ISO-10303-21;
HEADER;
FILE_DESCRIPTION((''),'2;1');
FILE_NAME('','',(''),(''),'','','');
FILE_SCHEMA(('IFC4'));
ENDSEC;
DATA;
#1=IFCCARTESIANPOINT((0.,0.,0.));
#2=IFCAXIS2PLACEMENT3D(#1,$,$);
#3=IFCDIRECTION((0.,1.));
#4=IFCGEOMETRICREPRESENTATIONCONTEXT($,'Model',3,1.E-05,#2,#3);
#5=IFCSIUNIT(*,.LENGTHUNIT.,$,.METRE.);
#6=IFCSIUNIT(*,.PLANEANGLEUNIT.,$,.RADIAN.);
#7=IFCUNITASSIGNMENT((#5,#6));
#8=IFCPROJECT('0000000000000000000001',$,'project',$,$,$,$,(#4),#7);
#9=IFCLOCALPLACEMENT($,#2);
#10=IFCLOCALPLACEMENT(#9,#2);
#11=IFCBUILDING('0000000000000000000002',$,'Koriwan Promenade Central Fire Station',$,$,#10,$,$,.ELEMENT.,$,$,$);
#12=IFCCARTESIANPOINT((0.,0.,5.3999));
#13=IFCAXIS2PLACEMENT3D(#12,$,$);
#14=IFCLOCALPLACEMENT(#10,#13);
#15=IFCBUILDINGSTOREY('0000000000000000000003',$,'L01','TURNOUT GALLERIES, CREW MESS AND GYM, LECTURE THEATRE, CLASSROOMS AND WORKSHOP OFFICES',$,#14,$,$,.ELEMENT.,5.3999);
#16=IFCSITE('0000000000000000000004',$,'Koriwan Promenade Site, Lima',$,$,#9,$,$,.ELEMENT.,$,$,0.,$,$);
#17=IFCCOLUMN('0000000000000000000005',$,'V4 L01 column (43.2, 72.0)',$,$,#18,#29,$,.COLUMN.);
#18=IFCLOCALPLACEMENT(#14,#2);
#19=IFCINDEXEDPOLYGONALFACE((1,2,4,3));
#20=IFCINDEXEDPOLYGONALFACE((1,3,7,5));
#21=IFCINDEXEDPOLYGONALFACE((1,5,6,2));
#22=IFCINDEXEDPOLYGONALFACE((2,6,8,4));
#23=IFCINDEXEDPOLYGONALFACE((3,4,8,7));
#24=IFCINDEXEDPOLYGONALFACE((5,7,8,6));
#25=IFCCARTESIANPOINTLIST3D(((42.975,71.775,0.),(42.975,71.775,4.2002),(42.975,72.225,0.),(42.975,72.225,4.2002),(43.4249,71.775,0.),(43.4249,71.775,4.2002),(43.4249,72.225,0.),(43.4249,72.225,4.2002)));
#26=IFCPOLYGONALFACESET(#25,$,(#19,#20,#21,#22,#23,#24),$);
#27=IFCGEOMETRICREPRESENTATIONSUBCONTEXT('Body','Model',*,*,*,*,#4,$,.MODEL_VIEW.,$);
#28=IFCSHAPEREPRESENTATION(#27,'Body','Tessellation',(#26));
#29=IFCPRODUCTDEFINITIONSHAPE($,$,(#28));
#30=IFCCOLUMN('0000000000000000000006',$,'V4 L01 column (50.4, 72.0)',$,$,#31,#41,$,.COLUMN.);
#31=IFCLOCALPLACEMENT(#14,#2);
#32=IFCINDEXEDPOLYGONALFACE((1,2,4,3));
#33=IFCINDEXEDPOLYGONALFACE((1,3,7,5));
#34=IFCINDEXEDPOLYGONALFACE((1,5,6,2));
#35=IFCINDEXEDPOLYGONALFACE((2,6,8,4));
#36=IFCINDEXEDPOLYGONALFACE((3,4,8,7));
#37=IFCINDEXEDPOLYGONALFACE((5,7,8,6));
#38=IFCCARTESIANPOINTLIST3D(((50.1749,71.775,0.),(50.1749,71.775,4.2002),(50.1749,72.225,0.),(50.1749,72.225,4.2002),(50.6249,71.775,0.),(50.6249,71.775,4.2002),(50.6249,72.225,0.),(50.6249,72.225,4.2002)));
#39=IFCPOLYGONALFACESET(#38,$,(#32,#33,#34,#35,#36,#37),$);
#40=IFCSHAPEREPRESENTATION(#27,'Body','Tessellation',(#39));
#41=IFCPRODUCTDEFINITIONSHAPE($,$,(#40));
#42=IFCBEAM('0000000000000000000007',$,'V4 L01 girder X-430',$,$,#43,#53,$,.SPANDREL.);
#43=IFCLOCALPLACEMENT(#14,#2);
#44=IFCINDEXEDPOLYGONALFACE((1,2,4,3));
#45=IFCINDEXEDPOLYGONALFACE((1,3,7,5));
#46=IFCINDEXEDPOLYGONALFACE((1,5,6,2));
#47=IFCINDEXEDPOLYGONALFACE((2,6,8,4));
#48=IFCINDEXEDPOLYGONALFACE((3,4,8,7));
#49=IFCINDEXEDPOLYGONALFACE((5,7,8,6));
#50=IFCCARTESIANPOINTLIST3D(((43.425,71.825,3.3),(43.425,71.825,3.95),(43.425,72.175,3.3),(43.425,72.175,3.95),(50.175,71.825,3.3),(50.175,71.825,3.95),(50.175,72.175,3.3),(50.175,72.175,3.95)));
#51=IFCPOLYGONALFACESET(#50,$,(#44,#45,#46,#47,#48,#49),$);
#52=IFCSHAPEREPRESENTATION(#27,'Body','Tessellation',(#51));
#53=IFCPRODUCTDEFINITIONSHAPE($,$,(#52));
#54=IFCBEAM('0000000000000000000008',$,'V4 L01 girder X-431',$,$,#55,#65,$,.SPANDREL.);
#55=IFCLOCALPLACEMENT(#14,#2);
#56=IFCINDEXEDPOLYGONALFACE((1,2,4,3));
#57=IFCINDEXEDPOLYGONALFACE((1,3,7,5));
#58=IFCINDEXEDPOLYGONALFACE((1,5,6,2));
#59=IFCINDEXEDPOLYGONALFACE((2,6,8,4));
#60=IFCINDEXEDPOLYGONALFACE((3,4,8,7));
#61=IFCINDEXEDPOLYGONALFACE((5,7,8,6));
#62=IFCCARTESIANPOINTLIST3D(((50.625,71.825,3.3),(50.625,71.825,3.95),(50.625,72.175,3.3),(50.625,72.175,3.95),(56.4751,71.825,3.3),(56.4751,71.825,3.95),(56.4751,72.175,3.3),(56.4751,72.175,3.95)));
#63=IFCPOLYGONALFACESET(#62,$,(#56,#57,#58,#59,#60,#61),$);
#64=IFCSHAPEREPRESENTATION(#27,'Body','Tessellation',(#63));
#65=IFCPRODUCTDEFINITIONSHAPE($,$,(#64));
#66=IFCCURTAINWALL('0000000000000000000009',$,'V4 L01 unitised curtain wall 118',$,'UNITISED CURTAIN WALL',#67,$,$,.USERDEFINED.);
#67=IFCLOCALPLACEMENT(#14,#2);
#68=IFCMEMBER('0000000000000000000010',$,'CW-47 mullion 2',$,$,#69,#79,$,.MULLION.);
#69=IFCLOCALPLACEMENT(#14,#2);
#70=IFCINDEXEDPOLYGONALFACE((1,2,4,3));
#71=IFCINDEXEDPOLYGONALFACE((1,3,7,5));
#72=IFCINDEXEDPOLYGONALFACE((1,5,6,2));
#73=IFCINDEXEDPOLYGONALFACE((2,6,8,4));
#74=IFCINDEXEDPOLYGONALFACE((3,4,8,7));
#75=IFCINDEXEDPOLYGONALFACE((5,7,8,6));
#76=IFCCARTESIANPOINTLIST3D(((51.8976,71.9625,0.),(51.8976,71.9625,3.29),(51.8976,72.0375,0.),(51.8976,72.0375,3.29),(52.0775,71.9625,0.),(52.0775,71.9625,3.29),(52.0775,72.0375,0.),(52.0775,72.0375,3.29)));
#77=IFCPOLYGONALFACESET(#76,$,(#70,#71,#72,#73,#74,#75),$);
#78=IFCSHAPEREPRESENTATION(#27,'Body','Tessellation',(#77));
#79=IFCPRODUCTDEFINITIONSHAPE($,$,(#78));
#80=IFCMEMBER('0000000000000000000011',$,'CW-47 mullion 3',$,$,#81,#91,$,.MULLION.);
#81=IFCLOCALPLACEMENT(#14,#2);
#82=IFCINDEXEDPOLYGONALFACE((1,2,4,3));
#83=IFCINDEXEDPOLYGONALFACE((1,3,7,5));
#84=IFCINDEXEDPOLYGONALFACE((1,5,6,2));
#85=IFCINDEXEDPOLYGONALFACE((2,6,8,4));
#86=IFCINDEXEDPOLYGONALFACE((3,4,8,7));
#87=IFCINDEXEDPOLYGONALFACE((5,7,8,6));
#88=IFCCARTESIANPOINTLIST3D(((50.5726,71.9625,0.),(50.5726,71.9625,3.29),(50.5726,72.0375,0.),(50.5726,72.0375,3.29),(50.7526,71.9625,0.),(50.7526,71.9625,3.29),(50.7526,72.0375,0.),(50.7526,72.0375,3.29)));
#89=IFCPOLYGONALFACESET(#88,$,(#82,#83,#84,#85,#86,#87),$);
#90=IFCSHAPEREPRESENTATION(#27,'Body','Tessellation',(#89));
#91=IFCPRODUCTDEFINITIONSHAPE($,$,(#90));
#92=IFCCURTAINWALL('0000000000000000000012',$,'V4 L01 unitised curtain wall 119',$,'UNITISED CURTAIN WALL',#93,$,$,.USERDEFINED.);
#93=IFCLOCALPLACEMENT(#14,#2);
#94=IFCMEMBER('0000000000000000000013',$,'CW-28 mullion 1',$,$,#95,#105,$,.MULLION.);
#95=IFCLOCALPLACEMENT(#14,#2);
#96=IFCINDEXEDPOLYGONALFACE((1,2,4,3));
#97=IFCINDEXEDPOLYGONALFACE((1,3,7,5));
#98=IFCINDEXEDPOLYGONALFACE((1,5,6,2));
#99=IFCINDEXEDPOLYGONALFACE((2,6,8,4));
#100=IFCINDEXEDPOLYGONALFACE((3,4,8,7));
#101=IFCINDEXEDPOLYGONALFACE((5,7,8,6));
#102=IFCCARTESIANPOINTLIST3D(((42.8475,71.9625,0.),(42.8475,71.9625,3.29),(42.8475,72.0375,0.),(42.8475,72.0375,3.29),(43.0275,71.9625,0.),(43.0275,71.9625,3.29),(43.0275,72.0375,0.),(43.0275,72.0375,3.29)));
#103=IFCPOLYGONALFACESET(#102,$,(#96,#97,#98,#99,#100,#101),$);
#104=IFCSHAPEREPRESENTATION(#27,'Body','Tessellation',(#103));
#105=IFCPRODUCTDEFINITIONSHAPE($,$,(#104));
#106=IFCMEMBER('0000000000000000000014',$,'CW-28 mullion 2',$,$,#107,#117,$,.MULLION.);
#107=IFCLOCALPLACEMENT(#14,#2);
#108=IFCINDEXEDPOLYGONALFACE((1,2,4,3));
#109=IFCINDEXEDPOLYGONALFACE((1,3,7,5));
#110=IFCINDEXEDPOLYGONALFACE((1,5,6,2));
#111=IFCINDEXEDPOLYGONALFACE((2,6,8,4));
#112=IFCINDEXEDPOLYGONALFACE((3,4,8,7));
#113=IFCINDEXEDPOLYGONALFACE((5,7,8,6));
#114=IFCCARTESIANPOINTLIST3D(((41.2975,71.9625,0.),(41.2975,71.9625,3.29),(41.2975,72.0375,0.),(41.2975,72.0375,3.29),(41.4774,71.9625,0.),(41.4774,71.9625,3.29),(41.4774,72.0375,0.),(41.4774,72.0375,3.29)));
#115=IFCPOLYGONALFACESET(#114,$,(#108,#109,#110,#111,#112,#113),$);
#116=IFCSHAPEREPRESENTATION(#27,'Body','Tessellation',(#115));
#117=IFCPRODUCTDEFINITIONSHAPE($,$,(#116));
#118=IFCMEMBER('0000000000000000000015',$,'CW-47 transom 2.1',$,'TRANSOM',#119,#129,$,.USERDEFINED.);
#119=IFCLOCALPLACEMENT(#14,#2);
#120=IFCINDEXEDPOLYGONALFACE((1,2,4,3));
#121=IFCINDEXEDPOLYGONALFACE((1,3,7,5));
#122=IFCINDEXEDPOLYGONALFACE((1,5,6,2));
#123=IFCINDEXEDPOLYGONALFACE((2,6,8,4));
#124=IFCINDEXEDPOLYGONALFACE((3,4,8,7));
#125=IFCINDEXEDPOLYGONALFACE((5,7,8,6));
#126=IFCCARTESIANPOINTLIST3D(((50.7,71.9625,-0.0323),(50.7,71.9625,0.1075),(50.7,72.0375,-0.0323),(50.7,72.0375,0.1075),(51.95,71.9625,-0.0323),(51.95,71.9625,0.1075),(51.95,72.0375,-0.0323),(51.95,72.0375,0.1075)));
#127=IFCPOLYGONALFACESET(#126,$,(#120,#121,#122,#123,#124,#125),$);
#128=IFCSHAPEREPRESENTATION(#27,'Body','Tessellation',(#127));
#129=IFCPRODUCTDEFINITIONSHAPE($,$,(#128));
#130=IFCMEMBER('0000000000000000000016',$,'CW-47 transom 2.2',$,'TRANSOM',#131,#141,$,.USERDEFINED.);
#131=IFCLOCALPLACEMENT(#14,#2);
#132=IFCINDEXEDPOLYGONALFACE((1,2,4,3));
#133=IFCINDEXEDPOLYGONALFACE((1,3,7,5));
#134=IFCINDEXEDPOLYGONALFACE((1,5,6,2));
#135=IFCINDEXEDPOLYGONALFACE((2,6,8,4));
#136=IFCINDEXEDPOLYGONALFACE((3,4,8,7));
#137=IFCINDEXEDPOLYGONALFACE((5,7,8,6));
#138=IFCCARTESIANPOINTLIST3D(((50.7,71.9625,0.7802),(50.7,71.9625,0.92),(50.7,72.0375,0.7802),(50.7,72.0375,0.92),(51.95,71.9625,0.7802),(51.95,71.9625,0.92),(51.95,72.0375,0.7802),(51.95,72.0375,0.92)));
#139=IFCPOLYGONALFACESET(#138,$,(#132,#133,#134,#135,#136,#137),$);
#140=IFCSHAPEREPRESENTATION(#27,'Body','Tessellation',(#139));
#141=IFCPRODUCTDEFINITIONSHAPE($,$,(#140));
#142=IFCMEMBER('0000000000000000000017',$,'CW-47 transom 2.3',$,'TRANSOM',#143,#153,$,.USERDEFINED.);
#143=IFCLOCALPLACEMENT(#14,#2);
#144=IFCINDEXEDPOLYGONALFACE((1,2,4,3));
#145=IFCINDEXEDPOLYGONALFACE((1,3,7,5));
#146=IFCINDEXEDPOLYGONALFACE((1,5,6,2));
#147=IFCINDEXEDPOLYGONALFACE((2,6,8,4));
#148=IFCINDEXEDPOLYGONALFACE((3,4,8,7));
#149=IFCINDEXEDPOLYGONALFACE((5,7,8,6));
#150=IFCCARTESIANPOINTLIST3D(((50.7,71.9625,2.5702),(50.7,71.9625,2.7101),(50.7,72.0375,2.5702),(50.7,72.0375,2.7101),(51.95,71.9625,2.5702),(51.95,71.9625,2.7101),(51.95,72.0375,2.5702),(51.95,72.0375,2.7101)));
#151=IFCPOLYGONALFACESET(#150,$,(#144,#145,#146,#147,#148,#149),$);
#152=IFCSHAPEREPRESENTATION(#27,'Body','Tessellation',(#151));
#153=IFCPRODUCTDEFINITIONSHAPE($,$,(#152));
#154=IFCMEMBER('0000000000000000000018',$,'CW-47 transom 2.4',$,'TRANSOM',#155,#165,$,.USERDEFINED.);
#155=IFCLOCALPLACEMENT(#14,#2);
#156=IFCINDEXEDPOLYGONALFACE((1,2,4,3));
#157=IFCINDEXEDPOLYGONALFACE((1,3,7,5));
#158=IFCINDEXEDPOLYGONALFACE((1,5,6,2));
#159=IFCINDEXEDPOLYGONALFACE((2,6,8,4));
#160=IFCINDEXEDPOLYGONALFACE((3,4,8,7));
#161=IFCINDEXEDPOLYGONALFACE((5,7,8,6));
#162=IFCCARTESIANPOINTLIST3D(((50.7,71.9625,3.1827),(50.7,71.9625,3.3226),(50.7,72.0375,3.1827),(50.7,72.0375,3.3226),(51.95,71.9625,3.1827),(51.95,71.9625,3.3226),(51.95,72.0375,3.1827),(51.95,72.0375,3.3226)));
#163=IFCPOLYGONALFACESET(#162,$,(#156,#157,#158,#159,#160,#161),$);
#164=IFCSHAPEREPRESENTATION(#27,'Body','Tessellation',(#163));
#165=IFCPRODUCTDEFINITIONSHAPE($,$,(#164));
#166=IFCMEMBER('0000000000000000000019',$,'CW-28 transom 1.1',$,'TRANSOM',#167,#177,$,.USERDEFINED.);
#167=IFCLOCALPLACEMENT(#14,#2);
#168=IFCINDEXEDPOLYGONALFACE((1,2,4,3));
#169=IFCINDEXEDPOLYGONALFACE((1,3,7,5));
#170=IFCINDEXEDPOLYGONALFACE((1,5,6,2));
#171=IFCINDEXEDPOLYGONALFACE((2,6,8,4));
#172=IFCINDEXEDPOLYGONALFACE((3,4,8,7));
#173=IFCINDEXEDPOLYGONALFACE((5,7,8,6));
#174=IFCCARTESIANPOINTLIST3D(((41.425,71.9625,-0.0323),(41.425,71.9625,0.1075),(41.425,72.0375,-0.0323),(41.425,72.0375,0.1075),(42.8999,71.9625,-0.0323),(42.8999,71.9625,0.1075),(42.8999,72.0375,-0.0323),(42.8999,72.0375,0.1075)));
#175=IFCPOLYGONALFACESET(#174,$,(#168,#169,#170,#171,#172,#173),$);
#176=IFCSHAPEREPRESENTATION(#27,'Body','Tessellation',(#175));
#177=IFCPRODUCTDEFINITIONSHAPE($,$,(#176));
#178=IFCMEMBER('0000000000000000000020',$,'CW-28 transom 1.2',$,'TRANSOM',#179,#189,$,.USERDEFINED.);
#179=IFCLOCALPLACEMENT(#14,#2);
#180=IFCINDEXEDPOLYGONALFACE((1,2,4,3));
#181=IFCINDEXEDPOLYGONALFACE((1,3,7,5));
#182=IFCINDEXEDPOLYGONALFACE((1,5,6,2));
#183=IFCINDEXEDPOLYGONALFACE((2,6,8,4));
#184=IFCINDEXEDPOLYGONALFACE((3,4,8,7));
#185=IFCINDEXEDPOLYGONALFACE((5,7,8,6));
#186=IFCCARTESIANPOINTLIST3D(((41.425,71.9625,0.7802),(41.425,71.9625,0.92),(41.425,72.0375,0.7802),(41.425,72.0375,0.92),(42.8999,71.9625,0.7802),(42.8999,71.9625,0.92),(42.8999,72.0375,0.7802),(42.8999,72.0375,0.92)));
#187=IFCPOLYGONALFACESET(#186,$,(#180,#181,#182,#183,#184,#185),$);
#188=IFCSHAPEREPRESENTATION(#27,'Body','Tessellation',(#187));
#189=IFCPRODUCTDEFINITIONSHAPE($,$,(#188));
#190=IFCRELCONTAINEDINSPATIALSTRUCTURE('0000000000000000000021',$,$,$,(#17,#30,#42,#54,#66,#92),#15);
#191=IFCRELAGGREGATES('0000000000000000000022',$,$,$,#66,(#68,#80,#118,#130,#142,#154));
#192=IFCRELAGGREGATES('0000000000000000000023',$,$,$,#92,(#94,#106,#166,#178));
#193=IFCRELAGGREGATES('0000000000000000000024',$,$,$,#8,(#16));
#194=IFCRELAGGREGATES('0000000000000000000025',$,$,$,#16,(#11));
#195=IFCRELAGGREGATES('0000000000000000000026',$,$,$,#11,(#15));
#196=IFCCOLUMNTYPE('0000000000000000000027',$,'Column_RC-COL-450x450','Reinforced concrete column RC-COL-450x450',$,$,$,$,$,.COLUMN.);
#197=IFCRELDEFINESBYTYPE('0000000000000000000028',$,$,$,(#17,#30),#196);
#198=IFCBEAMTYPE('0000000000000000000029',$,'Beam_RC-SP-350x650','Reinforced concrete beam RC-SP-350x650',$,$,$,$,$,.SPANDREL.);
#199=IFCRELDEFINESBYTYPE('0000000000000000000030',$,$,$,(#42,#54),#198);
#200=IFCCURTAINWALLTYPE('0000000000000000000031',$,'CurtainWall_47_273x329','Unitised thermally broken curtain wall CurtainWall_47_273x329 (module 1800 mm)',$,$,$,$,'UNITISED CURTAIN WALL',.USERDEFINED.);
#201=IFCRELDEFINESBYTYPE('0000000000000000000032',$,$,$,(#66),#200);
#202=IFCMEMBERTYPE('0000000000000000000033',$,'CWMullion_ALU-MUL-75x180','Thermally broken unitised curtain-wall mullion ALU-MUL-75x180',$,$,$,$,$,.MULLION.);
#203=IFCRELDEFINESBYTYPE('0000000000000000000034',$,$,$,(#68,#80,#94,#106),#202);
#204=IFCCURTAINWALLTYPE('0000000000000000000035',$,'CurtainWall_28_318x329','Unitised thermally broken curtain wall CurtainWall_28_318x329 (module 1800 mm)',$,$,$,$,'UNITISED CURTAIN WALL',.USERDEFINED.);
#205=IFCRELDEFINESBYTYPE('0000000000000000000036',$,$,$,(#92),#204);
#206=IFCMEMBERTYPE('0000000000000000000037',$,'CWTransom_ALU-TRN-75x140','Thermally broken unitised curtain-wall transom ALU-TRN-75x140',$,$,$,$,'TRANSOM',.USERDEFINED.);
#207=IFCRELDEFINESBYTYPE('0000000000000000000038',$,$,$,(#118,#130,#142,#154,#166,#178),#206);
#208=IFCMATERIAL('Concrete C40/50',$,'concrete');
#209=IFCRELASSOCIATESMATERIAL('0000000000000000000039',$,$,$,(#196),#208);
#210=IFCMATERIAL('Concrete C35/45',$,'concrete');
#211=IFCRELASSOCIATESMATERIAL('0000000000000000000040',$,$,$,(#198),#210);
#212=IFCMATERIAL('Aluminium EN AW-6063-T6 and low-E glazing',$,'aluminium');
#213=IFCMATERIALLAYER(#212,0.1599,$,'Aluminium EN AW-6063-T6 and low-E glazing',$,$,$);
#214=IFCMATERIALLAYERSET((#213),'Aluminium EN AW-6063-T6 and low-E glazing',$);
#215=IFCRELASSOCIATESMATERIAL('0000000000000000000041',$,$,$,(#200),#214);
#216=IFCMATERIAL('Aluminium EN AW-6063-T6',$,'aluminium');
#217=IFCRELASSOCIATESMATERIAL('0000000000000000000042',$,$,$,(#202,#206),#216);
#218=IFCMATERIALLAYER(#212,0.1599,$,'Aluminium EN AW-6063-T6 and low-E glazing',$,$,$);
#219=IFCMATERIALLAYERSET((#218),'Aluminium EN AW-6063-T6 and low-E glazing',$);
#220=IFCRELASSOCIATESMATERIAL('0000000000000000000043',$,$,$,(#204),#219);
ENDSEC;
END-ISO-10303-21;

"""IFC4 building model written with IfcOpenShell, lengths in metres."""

from ifc_helpers import new_model, si_unit, direction, frame, origin, origin_2d, place, context, subcontext, project, spatial, rectangle, extrude, material, layer, layer_set, material_profile, profile_set, type_object, element, aggregate, save


model = new_model("IFC4")

# Units and contexts
model_context = context("Model", 3, precision=1e-05, world=origin(), true_north=direction((0.0, 1.0)))
body_context = subcontext(model_context, "Body", "Model", "MODEL_VIEW")
ifc_project = project(units=[si_unit("LENGTHUNIT", "METRE"), si_unit("PLANEANGLEUNIT", "RADIAN")], contexts=[model_context])

# Site, building, storey
site_placement = place(None, origin())
site = spatial("IfcSite", under=ifc_project, at=site_placement, Name="Koriwan Promenade Site, Lima", CompositionType="ELEMENT", RefElevation=0.0)
building_placement = place(site_placement, origin())
building = spatial("IfcBuilding", under=site, at=building_placement, Name="Koriwan Promenade Central Fire Station", CompositionType="ELEMENT")
storey_placement = place(building_placement, frame((0.0, 0.0, 5.3999)))
storey = spatial("IfcBuildingStorey", under=building, at=storey_placement, Name="L01", Description="TURNOUT GALLERIES, CREW MESS AND GYM, LECTURE THEATRE, CLASSROOMS AND WORKSHOP OFFICES", CompositionType="ELEMENT", Elevation=5.3999)

# Columns
ifc_material_1 = material(Name="Concrete C40/50", Category="concrete")
ifc_material_profile_1 = material_profile(ifc_material_1, rectangle(XDim=0.45, YDim=0.45, at=origin_2d()), Name="RC-COL-450x450")
ifc_profile_set_1 = profile_set([ifc_material_profile_1], Name="Concrete C40/50")
column_type = type_object("IfcColumnType", Name="Column_RC-COL-450x450", Description="Reinforced concrete column RC-COL-450x450", PredefinedType="COLUMN", material=ifc_profile_set_1)
for number, where, z_axis, x_axis, name in (
    (1, (43.2, 72.0, 0.0), (0.0, 0.0, 1.0), (1.0, 0.0, 0.0), "V4 L01 column (43.2, 72.0)"),
    (2, (50.3999, 72.0, 0.0), (0.0, 0.0, 1.0), (1.0, 0.0, 0.0), "V4 L01 column (50.4, 72.0)"),
):
    element("IfcColumn", number, at=place(storey_placement, frame(where, z_axis=z_axis, x_axis=x_axis)), inside=storey, type_object=column_type, Name=name, PredefinedType="COLUMN", context=body_context, shape_type="SweptSolid", body=[
        extrude(rectangle(XDim=0.45, YDim=0.45, at=origin_2d()), origin(), (0.0, 0.0, 1.0), 4.2002),
    ])

# Beams
ifc_material_2 = material(Name="Concrete C35/45", Category="concrete")
ifc_material_profile_2 = material_profile(ifc_material_2, rectangle(XDim=0.3501, YDim=0.6499, at=origin_2d()), Name="RC-SP-350x650")
ifc_profile_set_2 = profile_set([ifc_material_profile_2], Name="Concrete C35/45")
beam_type = type_object("IfcBeamType", Name="Beam_RC-SP-350x650", Description="Reinforced concrete beam RC-SP-350x650", PredefinedType="SPANDREL", material=ifc_profile_set_2)
beam_1_placement = place(storey_placement, frame((43.425, 72.0, 3.625), z_axis=(1.0, 0.0, 0.0), x_axis=(0.0, 1.0, 0.0)))
element("IfcBeam", 3, at=beam_1_placement, inside=storey, type_object=beam_type, Name="V4 L01 girder X-430", PredefinedType="SPANDREL", context=body_context, shape_type="SweptSolid", body=[
    extrude(rectangle(XDim=0.3501, YDim=0.6499, at=origin_2d()), origin(), (0.0, 0.0, 1.0), 6.75),
])
beam_2_placement = place(storey_placement, frame((50.625, 72.0, 3.625), z_axis=(1.0, 0.0, 0.0), x_axis=(0.0, 1.0, 0.0)))
element("IfcBeam", 4, at=beam_2_placement, inside=storey, type_object=beam_type, Name="V4 L01 girder X-431", PredefinedType="SPANDREL", context=body_context, shape_type="SweptSolid", body=[
    extrude(rectangle(XDim=0.3501, YDim=0.6499, at=origin_2d()), origin(), (0.0, 0.0, 1.0), 5.8501),
])

# Curtain walls, members
ifc_material_3 = material(Name="Aluminium EN AW-6063-T6 and low-E glazing", Category="aluminium")
ifc_layer_1 = layer(ifc_material_3, 0.1599, Name="Aluminium EN AW-6063-T6 and low-E glazing")
ifc_layer_set_1 = layer_set([ifc_layer_1], Name="Aluminium EN AW-6063-T6 and low-E glazing")
curtain_wall_type_1 = type_object("IfcCurtainWallType", Name="CurtainWall_47_273x329", Description="Unitised thermally broken curtain wall CurtainWall_47_273x329 (module 1800 mm)", ElementType="UNITISED CURTAIN WALL", PredefinedType="USERDEFINED", material=ifc_layer_set_1)
curtain_wall_1_placement = place(storey_placement, origin())
curtain_wall_1 = element("IfcCurtainWall", 5, at=curtain_wall_1_placement, inside=storey, type_object=curtain_wall_type_1, Name="V4 L01 unitised curtain wall 118", ObjectType="UNITISED CURTAIN WALL", PredefinedType="USERDEFINED")
ifc_material_4 = material(Name="Aluminium EN AW-6063-T6", Category="aluminium")
ifc_material_profile_3 = material_profile(ifc_material_4, rectangle(XDim=0.075, YDim=0.1799, at=origin_2d()), Name="ALU-MUL-75x180")
ifc_profile_set_3 = profile_set([ifc_material_profile_3], Name="Aluminium EN AW-6063-T6")
member_type_1 = type_object("IfcMemberType", Name="CWMullion_ALU-MUL-75x180", Description="Thermally broken unitised curtain-wall mullion ALU-MUL-75x180", PredefinedType="MULLION", material=ifc_profile_set_3)
member_1_placement = place(storey_placement, frame((51.9875, 72.0, 0.0), z_axis=(0.0, 0.0, 1.0), x_axis=(0.0, -1.0, 0.0)))
member_1 = element("IfcMember", 6, at=member_1_placement, type_object=member_type_1, Name="CW-47 mullion 2", PredefinedType="MULLION", context=body_context, shape_type="SweptSolid", body=[
    extrude(rectangle(XDim=0.075, YDim=0.1799, at=origin_2d()), origin(), (0.0, 0.0, 1.0), 3.29),
])
member_2_placement = place(storey_placement, frame((50.6626, 72.0, 0.0), z_axis=(0.0, 0.0, 1.0), x_axis=(0.0, -1.0, 0.0)))
member_2 = element("IfcMember", 7, at=member_2_placement, type_object=member_type_1, Name="CW-47 mullion 3", PredefinedType="MULLION", context=body_context, shape_type="SweptSolid", body=[
    extrude(rectangle(XDim=0.075, YDim=0.1799, at=origin_2d()), origin(), (0.0, 0.0, 1.0), 3.29),
])
ifc_layer_2 = layer(ifc_material_3, 0.1599, Name="Aluminium EN AW-6063-T6 and low-E glazing")
ifc_layer_set_2 = layer_set([ifc_layer_2], Name="Aluminium EN AW-6063-T6 and low-E glazing")
curtain_wall_type_2 = type_object("IfcCurtainWallType", Name="CurtainWall_28_318x329", Description="Unitised thermally broken curtain wall CurtainWall_28_318x329 (module 1800 mm)", ElementType="UNITISED CURTAIN WALL", PredefinedType="USERDEFINED", material=ifc_layer_set_2)
curtain_wall_2_placement = place(storey_placement, origin())
curtain_wall_2 = element("IfcCurtainWall", 8, at=curtain_wall_2_placement, inside=storey, type_object=curtain_wall_type_2, Name="V4 L01 unitised curtain wall 119", ObjectType="UNITISED CURTAIN WALL", PredefinedType="USERDEFINED")
member_3_placement = place(storey_placement, frame((42.9375, 72.0, 0.0), z_axis=(0.0, 0.0, 1.0), x_axis=(0.0, -1.0, 0.0)))
member_3 = element("IfcMember", 9, at=member_3_placement, type_object=member_type_1, Name="CW-28 mullion 1", PredefinedType="MULLION", context=body_context, shape_type="SweptSolid", body=[
    extrude(rectangle(XDim=0.075, YDim=0.1799, at=origin_2d()), origin(), (0.0, 0.0, 1.0), 3.29),
])
member_4_placement = place(storey_placement, frame((41.3875, 72.0, 0.0), z_axis=(0.0, 0.0, 1.0), x_axis=(0.0, -1.0, 0.0)))
member_4 = element("IfcMember", 10, at=member_4_placement, type_object=member_type_1, Name="CW-28 mullion 2", PredefinedType="MULLION", context=body_context, shape_type="SweptSolid", body=[
    extrude(rectangle(XDim=0.075, YDim=0.1799, at=origin_2d()), origin(), (0.0, 0.0, 1.0), 3.29),
])

# Members
ifc_material_profile_4 = material_profile(ifc_material_4, rectangle(XDim=0.075, YDim=0.1399, at=origin_2d()), Name="ALU-TRN-75x140")
ifc_profile_set_4 = profile_set([ifc_material_profile_4], Name="Aluminium EN AW-6063-T6")
member_type_2 = type_object("IfcMemberType", Name="CWTransom_ALU-TRN-75x140", Description="Thermally broken unitised curtain-wall transom ALU-TRN-75x140", ElementType="TRANSOM", PredefinedType="USERDEFINED", material=ifc_profile_set_4)
member_5_placement = place(storey_placement, frame((51.95, 72.0, 0.0376), z_axis=(-1.0, 0.0, 0.0), x_axis=(0.0, -1.0, 0.0)))
member_5 = element("IfcMember", 11, at=member_5_placement, type_object=member_type_2, Name="CW-47 transom 2.1", ObjectType="TRANSOM", PredefinedType="USERDEFINED", context=body_context, shape_type="SweptSolid", body=[
    extrude(rectangle(XDim=0.075, YDim=0.1399, at=origin_2d()), origin(), (0.0, 0.0, 1.0), 1.25),
])
member_6_placement = place(storey_placement, frame((51.95, 72.0, 0.8501), z_axis=(-1.0, 0.0, 0.0), x_axis=(0.0, -1.0, 0.0)))
member_6 = element("IfcMember", 12, at=member_6_placement, type_object=member_type_2, Name="CW-47 transom 2.2", ObjectType="TRANSOM", PredefinedType="USERDEFINED", context=body_context, shape_type="SweptSolid", body=[
    extrude(rectangle(XDim=0.075, YDim=0.1399, at=origin_2d()), origin(), (0.0, 0.0, 1.0), 1.25),
])
member_7_placement = place(storey_placement, frame((51.95, 72.0, 2.6401), z_axis=(-1.0, 0.0, 0.0), x_axis=(0.0, -1.0, 0.0)))
member_7 = element("IfcMember", 13, at=member_7_placement, type_object=member_type_2, Name="CW-47 transom 2.3", ObjectType="TRANSOM", PredefinedType="USERDEFINED", context=body_context, shape_type="SweptSolid", body=[
    extrude(rectangle(XDim=0.075, YDim=0.1399, at=origin_2d()), origin(), (0.0, 0.0, 1.0), 1.25),
])
member_8_placement = place(storey_placement, frame((51.95, 72.0, 3.2527), z_axis=(-1.0, 0.0, 0.0), x_axis=(0.0, -1.0, 0.0)))
member_8 = element("IfcMember", 14, at=member_8_placement, type_object=member_type_2, Name="CW-47 transom 2.4", ObjectType="TRANSOM", PredefinedType="USERDEFINED", context=body_context, shape_type="SweptSolid", body=[
    extrude(rectangle(XDim=0.075, YDim=0.1399, at=origin_2d()), origin(), (0.0, 0.0, 1.0), 1.25),
])
member_9_placement = place(storey_placement, frame((42.8999, 72.0, 0.0376), z_axis=(-1.0, 0.0, 0.0), x_axis=(0.0, -1.0, 0.0)))
member_9 = element("IfcMember", 15, at=member_9_placement, type_object=member_type_2, Name="CW-28 transom 1.1", ObjectType="TRANSOM", PredefinedType="USERDEFINED", context=body_context, shape_type="SweptSolid", body=[
    extrude(rectangle(XDim=0.075, YDim=0.1399, at=origin_2d()), origin(), (0.0, 0.0, 1.0), 1.4749),
])
member_10_placement = place(storey_placement, frame((42.8999, 72.0, 0.8501), z_axis=(-1.0, 0.0, 0.0), x_axis=(0.0, -1.0, 0.0)))
member_10 = element("IfcMember", 16, at=member_10_placement, type_object=member_type_2, Name="CW-28 transom 1.2", ObjectType="TRANSOM", PredefinedType="USERDEFINED", context=body_context, shape_type="SweptSolid", body=[
    extrude(rectangle(XDim=0.075, YDim=0.1399, at=origin_2d()), origin(), (0.0, 0.0, 1.0), 1.4749),
])

aggregate(curtain_wall_1, [member_1, member_2, member_5, member_6, member_7, member_8])
aggregate(curtain_wall_2, [member_3, member_4, member_9, member_10])

save(model, "model.ifc")
